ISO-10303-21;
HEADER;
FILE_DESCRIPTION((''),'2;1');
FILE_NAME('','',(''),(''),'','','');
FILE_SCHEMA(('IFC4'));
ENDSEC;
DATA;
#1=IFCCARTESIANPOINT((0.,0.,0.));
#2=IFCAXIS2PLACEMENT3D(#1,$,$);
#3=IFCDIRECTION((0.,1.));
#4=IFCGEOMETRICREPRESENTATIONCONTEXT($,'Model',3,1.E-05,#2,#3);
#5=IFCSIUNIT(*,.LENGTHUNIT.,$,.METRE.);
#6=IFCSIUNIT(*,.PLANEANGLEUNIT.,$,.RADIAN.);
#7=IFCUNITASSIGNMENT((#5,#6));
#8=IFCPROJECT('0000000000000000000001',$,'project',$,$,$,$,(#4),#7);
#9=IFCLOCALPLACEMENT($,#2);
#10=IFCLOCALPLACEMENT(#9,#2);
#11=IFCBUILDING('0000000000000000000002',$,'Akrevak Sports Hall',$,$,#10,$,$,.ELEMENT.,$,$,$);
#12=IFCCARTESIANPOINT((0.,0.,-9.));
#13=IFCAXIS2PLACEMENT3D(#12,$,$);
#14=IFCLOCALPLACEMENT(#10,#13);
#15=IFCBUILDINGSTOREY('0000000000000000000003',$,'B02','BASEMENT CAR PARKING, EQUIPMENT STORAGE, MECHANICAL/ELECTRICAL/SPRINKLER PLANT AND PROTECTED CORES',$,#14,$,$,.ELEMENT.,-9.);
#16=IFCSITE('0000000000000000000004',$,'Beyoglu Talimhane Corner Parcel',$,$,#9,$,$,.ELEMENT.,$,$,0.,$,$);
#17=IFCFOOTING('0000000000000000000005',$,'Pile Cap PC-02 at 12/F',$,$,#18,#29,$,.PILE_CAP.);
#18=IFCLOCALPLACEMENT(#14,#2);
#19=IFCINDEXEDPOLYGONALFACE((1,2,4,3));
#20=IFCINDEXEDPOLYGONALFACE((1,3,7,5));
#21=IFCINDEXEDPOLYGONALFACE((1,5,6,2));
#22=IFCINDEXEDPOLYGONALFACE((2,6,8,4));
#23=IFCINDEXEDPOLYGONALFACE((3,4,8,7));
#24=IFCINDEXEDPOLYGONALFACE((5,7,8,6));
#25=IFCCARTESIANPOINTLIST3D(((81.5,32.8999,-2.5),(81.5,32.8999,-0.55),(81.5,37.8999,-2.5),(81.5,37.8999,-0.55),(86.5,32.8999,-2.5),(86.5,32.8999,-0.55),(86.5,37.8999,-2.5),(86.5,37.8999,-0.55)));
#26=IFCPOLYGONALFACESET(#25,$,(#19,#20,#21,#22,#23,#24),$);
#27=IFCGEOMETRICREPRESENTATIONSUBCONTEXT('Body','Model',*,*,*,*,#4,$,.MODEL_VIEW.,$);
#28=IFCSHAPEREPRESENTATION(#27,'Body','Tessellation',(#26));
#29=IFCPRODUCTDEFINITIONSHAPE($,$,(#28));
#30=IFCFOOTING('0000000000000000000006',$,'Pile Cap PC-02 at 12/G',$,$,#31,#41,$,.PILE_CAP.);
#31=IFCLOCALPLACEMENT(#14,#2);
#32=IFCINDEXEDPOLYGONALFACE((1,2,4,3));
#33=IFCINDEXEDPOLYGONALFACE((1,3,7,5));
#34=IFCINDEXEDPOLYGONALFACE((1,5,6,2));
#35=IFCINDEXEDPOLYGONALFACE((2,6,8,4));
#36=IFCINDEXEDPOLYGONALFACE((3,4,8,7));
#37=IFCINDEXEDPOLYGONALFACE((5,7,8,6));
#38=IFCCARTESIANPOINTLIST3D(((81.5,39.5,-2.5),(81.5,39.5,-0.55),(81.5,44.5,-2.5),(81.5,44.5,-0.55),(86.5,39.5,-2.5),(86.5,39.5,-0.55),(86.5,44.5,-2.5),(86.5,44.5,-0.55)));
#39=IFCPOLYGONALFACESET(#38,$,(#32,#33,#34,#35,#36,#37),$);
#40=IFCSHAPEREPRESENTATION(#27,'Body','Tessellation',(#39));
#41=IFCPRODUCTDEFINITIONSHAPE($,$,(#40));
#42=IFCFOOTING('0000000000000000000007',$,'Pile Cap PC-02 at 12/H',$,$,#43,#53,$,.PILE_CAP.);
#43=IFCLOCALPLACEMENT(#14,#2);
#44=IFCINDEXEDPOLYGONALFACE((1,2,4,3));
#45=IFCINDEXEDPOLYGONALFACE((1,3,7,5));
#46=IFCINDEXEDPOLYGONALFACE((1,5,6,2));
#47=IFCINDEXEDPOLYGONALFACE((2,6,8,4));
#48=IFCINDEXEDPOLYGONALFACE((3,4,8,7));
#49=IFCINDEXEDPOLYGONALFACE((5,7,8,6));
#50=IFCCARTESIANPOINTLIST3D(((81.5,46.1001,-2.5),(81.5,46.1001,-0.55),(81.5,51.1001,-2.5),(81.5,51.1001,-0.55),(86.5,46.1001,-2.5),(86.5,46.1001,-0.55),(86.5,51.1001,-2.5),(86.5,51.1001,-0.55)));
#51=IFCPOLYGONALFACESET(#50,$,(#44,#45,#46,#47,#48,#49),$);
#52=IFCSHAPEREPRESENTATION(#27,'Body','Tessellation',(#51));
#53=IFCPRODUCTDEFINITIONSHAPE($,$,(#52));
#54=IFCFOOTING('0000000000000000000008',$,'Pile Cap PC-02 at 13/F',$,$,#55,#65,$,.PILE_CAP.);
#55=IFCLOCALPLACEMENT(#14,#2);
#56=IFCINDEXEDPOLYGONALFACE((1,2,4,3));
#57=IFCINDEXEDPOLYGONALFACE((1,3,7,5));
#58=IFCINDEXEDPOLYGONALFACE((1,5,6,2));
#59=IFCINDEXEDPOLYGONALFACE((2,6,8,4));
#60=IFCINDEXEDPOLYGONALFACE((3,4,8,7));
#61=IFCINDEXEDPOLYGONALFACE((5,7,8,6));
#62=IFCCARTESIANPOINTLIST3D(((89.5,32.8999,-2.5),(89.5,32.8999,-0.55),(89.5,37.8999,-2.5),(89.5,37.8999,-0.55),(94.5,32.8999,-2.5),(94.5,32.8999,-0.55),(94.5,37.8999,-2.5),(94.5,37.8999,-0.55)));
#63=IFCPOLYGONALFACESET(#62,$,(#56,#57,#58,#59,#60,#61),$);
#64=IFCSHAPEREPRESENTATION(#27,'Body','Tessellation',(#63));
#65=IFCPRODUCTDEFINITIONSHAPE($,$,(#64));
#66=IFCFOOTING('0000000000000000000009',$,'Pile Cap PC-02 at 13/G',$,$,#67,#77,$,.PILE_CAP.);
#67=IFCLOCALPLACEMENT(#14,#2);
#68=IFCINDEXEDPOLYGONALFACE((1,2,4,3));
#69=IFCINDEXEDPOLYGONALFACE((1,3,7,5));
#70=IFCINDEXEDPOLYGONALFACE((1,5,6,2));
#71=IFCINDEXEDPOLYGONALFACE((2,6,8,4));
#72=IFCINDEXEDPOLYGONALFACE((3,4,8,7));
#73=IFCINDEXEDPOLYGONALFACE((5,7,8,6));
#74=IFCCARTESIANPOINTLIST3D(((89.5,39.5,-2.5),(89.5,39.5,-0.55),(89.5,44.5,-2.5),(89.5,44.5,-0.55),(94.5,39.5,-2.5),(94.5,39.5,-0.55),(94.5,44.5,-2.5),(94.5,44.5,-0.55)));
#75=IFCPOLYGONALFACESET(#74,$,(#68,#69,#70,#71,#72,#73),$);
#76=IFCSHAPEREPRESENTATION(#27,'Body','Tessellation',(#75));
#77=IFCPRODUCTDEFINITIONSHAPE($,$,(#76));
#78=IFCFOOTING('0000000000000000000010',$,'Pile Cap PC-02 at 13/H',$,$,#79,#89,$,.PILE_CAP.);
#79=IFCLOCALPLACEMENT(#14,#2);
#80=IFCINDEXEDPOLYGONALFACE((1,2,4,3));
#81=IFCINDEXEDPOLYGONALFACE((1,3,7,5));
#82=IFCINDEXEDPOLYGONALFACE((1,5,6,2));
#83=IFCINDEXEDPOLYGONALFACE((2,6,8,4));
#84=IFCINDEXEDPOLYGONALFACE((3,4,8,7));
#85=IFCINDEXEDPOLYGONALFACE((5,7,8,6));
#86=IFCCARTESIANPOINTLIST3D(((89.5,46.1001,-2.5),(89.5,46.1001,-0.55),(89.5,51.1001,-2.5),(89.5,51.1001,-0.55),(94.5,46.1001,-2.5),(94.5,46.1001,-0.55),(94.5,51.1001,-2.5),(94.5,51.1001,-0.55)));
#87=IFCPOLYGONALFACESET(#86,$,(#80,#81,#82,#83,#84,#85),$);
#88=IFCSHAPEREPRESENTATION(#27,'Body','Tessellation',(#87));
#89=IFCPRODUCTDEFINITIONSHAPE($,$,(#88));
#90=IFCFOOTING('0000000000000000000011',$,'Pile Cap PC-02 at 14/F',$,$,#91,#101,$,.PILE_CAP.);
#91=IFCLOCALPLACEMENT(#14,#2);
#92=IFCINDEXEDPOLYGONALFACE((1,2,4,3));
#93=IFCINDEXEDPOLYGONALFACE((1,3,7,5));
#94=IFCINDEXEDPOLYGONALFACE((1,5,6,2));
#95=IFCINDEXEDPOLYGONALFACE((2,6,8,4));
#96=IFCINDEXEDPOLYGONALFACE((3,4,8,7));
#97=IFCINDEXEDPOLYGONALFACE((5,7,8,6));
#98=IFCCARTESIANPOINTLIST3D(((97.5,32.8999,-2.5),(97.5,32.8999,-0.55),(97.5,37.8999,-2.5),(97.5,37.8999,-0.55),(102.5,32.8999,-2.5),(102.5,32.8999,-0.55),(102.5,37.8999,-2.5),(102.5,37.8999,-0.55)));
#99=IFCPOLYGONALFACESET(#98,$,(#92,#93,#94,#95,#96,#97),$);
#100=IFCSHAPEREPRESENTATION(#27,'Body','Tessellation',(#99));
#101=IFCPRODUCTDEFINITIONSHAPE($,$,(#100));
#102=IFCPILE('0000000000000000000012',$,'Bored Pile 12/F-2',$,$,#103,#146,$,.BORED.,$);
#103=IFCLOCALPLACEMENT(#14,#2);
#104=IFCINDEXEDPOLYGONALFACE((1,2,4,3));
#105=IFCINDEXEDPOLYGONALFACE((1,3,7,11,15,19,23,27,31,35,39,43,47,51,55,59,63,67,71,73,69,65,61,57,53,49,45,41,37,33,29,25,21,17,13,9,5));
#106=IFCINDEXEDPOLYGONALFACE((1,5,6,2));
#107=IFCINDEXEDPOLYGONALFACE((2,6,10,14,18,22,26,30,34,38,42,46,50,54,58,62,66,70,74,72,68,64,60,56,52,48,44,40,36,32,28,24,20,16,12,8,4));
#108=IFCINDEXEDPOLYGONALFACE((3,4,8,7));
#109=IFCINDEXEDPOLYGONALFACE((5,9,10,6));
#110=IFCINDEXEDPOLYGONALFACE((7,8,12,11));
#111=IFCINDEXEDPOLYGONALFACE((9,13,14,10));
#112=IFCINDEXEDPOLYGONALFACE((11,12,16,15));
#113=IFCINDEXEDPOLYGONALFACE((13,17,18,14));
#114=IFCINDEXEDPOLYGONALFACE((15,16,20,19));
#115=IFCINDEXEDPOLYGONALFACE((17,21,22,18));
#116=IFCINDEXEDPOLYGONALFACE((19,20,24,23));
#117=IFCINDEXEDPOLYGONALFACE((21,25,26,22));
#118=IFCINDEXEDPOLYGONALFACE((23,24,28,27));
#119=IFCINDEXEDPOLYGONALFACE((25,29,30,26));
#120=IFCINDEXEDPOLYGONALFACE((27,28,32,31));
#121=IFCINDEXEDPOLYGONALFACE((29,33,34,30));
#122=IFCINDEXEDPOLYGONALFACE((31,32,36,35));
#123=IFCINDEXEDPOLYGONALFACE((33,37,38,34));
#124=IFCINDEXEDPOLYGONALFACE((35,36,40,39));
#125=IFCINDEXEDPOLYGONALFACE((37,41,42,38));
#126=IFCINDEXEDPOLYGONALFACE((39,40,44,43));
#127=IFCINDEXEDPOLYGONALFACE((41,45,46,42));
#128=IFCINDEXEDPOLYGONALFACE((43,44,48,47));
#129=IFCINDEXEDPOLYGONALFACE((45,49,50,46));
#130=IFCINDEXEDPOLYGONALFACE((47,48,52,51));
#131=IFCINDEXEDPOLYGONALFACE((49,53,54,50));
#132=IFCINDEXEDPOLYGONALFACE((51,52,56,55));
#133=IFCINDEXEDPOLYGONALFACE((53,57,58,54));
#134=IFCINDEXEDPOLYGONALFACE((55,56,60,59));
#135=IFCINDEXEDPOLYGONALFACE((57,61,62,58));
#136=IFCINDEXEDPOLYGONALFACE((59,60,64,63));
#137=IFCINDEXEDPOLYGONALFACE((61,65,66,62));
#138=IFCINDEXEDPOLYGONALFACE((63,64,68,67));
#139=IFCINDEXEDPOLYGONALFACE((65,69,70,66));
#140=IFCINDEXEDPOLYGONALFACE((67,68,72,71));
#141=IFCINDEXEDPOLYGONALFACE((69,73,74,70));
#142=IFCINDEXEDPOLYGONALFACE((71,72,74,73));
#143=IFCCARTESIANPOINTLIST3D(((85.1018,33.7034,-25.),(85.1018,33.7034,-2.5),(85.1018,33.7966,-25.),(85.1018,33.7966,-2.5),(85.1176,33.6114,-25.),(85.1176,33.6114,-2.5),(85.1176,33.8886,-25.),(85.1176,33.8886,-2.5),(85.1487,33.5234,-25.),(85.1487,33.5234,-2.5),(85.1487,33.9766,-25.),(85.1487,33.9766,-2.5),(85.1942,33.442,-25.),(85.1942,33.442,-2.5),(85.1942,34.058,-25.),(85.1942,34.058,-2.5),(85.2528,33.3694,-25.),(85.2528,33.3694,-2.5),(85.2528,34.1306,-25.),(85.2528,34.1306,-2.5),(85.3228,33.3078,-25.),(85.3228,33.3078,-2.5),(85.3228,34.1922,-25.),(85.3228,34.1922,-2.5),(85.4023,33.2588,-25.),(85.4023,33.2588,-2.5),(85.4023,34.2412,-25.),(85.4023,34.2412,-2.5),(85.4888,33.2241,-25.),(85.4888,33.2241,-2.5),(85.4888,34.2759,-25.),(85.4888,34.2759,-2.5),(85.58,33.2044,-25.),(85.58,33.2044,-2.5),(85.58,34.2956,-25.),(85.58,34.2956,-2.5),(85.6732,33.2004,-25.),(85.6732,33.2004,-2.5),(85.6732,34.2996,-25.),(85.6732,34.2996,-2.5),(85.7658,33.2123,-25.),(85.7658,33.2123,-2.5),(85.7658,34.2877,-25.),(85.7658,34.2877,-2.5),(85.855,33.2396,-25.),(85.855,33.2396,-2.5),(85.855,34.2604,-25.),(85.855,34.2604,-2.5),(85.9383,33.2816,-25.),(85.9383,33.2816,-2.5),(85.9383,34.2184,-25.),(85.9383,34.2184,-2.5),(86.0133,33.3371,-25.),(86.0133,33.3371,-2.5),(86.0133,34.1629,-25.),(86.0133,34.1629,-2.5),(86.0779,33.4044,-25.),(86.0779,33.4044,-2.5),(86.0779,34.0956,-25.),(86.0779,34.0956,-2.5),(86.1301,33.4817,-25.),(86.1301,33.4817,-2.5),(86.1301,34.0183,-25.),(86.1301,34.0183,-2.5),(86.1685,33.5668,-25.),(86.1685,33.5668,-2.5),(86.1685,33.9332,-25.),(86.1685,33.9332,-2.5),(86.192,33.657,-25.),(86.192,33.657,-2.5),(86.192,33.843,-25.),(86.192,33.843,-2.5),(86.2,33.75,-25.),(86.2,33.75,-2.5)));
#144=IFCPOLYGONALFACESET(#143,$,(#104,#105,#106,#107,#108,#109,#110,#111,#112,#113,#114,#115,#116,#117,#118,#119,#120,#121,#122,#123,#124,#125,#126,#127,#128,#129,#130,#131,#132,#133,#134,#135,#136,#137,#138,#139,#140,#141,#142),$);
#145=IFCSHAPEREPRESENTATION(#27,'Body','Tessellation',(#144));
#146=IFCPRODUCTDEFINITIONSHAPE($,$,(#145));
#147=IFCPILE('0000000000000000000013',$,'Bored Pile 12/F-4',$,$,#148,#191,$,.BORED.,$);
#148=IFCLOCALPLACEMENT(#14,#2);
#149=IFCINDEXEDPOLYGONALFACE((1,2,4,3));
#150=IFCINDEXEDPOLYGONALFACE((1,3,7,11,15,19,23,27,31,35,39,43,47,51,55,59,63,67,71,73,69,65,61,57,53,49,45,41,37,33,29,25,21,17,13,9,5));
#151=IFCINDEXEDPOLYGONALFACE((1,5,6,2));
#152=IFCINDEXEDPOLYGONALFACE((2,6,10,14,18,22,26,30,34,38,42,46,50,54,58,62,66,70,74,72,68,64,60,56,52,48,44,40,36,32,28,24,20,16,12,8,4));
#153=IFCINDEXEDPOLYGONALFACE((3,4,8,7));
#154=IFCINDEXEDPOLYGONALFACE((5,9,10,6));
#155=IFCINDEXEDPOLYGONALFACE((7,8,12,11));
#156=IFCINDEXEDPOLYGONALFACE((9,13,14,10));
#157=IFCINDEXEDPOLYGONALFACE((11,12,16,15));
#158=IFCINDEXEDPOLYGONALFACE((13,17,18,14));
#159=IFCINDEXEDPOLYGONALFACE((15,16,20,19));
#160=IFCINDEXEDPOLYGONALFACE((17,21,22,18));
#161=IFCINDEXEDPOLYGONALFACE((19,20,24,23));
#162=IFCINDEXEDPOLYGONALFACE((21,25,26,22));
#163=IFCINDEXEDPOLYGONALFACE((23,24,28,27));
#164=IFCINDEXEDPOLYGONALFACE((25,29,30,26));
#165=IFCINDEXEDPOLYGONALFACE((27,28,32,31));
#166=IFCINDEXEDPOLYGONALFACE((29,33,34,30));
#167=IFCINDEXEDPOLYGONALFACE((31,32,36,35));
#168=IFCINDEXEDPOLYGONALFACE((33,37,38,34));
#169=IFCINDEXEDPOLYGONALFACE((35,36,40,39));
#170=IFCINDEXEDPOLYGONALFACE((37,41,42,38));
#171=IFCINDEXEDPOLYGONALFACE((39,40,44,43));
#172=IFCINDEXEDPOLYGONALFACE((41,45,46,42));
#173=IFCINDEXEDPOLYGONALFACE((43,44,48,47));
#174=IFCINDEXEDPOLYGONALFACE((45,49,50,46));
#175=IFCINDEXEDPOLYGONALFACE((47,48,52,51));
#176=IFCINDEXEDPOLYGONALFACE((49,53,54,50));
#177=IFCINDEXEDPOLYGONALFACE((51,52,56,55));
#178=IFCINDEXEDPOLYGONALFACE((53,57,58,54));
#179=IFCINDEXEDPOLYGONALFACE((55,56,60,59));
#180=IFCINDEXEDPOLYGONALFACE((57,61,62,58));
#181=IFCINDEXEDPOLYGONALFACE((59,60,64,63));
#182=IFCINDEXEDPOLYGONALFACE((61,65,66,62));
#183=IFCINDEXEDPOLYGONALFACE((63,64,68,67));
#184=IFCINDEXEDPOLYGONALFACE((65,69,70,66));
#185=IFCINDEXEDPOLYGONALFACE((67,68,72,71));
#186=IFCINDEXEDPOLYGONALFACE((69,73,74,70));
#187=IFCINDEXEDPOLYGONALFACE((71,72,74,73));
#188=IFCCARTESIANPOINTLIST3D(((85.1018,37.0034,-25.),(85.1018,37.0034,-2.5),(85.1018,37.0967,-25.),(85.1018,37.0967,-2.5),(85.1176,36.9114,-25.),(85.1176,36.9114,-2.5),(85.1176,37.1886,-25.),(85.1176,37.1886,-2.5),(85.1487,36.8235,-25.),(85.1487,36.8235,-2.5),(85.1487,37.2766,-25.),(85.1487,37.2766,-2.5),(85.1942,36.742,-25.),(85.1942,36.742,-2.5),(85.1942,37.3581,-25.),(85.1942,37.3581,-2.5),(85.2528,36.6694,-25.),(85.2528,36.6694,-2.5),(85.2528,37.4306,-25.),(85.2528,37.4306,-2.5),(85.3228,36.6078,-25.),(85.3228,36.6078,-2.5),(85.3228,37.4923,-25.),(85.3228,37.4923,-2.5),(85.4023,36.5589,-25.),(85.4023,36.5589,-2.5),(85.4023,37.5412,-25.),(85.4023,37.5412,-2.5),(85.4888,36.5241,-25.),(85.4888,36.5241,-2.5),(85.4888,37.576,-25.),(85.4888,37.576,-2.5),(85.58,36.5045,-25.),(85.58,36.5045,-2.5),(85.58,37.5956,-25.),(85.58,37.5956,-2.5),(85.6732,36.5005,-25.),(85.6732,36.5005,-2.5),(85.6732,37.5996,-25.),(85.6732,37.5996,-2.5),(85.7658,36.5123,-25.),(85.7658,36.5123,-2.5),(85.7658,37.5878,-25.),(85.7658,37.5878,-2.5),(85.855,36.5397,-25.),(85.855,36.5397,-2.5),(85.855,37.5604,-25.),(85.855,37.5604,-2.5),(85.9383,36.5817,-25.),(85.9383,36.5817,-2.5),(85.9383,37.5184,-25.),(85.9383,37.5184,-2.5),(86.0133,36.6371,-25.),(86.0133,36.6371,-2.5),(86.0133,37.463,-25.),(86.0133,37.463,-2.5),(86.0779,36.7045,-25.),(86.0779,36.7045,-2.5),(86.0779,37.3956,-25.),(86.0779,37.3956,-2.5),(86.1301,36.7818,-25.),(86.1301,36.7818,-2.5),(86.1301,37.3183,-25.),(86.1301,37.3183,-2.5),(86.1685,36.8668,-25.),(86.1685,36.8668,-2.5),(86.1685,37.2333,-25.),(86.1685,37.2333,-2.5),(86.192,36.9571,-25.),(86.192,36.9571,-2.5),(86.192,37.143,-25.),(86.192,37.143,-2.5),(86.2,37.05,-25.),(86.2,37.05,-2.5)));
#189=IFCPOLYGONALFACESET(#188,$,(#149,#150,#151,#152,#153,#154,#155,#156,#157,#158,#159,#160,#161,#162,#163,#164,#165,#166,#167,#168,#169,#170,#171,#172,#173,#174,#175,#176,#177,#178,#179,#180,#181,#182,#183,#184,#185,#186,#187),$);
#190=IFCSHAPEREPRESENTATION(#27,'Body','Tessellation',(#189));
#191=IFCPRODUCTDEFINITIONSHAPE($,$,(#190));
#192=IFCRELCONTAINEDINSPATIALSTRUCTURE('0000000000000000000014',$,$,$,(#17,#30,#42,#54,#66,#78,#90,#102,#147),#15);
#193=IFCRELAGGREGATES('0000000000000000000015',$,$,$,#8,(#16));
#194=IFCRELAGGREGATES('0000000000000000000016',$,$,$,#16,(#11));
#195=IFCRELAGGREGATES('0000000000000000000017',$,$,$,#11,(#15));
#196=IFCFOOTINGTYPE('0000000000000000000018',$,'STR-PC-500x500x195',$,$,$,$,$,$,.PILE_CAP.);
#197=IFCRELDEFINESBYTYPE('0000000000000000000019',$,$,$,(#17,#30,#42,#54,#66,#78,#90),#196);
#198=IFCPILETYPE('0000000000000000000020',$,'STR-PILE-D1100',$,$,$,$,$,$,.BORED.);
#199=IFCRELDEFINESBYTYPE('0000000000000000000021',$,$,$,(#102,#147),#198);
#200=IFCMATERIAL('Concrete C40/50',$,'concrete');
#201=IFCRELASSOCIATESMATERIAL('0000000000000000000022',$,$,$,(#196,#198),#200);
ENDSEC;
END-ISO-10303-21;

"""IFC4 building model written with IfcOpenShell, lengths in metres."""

from ifc_helpers import new_model, si_unit, direction, frame, origin, origin_2d, place, context, subcontext, project, spatial, rectangle, circle, extrude, material, material_profile, profile_set, type_object, element, save


model = new_model("IFC4")

# Units and contexts
model_context = context("Model", 3, precision=1e-05, world=origin(), true_north=direction((0.0, 1.0)))
body_context = subcontext(model_context, "Body", "Model", "MODEL_VIEW")
ifc_project = project(units=[si_unit("LENGTHUNIT", "METRE"), si_unit("PLANEANGLEUNIT", "RADIAN")], contexts=[model_context])

# Site, building, storey
site_placement = place(None, origin())
site = spatial("IfcSite", under=ifc_project, at=site_placement, Name="Beyoglu Talimhane Corner Parcel", CompositionType="ELEMENT", RefElevation=0.0)
building_placement = place(site_placement, origin())
building = spatial("IfcBuilding", under=site, at=building_placement, Name="Akrevak Sports Hall", CompositionType="ELEMENT")
storey_placement = place(building_placement, frame((0.0, 0.0, -9.0)))
storey = spatial("IfcBuildingStorey", under=building, at=storey_placement, Name="B02", Description="BASEMENT CAR PARKING, EQUIPMENT STORAGE, MECHANICAL/ELECTRICAL/SPRINKLER PLANT AND PROTECTED CORES", CompositionType="ELEMENT", Elevation=-9.0)

# Footings
ifc_material_1 = material(Name="Concrete C40/50", Category="concrete")
footing_type = type_object("IfcFootingType", Name="STR-PC-500x500x195", PredefinedType="PILE_CAP", material=ifc_material_1)
for number, where, z_axis, x_axis, name in (
    (1, (84.0, 35.3999, -2.5), (0.0, 0.0, 1.0), (1.0, 0.0, 0.0), "Pile Cap PC-02 at 12/F"),
    (2, (84.0, 42.0, -2.5), (0.0, 0.0, 1.0), (1.0, 0.0, 0.0), "Pile Cap PC-02 at 12/G"),
    (3, (84.0, 48.6001, -2.5), (0.0, 0.0, 1.0), (1.0, 0.0, 0.0), "Pile Cap PC-02 at 12/H"),
    (4, (92.0, 35.3999, -2.5), (0.0, 0.0, 1.0), (1.0, 0.0, 0.0), "Pile Cap PC-02 at 13/F"),
    (5, (92.0, 42.0, -2.5), (0.0, 0.0, 1.0), (1.0, 0.0, 0.0), "Pile Cap PC-02 at 13/G"),
    (6, (92.0, 48.6001, -2.5), (0.0, 0.0, 1.0), (1.0, 0.0, 0.0), "Pile Cap PC-02 at 13/H"),
    (7, (100.0, 35.3999, -2.5), (0.0, 0.0, 1.0), (1.0, 0.0, 0.0), "Pile Cap PC-02 at 14/F"),
):
    element("IfcFooting", number, at=place(storey_placement, frame(where, z_axis=z_axis, x_axis=x_axis)), inside=storey, type_object=footing_type, Name=name, PredefinedType="PILE_CAP", context=body_context, shape_type="SweptSolid", body=[
        extrude(rectangle(XDim=5.0, YDim=5.0, at=origin_2d()), origin(), (0.0, 0.0, 1.0), 1.95),
    ])

# Piles
ifc_material_profile_1 = material_profile(ifc_material_1, circle(Radius=0.55, at=origin_2d()), Name="BORED PILE D1100", Category="concrete")
ifc_profile_set_1 = profile_set([ifc_material_profile_1], Name="Concrete C40/50")
pile_type = type_object("IfcPileType", Name="STR-PILE-D1100", PredefinedType="BORED", material=ifc_profile_set_1)
for number, where, z_axis, x_axis, name in (
    (8, (85.6499, 33.75, -2.5), (0.0, 0.0, -1.0), (1.0, 0.0, 0.0), "Bored Pile 12/F-2"),
    (9, (85.6499, 37.05, -2.5), (0.0, 0.0, -1.0), (1.0, 0.0, 0.0), "Bored Pile 12/F-4"),
):
    element("IfcPile", number, at=place(storey_placement, frame(where, z_axis=z_axis, x_axis=x_axis)), inside=storey, type_object=pile_type, Name=name, PredefinedType="BORED", context=body_context, shape_type="SweptSolid", body=[
        extrude(circle(Radius=0.55, at=origin_2d()), origin(), (0.0, 0.0, 1.0), 22.5),
    ])

save(model, "model.ifc")
